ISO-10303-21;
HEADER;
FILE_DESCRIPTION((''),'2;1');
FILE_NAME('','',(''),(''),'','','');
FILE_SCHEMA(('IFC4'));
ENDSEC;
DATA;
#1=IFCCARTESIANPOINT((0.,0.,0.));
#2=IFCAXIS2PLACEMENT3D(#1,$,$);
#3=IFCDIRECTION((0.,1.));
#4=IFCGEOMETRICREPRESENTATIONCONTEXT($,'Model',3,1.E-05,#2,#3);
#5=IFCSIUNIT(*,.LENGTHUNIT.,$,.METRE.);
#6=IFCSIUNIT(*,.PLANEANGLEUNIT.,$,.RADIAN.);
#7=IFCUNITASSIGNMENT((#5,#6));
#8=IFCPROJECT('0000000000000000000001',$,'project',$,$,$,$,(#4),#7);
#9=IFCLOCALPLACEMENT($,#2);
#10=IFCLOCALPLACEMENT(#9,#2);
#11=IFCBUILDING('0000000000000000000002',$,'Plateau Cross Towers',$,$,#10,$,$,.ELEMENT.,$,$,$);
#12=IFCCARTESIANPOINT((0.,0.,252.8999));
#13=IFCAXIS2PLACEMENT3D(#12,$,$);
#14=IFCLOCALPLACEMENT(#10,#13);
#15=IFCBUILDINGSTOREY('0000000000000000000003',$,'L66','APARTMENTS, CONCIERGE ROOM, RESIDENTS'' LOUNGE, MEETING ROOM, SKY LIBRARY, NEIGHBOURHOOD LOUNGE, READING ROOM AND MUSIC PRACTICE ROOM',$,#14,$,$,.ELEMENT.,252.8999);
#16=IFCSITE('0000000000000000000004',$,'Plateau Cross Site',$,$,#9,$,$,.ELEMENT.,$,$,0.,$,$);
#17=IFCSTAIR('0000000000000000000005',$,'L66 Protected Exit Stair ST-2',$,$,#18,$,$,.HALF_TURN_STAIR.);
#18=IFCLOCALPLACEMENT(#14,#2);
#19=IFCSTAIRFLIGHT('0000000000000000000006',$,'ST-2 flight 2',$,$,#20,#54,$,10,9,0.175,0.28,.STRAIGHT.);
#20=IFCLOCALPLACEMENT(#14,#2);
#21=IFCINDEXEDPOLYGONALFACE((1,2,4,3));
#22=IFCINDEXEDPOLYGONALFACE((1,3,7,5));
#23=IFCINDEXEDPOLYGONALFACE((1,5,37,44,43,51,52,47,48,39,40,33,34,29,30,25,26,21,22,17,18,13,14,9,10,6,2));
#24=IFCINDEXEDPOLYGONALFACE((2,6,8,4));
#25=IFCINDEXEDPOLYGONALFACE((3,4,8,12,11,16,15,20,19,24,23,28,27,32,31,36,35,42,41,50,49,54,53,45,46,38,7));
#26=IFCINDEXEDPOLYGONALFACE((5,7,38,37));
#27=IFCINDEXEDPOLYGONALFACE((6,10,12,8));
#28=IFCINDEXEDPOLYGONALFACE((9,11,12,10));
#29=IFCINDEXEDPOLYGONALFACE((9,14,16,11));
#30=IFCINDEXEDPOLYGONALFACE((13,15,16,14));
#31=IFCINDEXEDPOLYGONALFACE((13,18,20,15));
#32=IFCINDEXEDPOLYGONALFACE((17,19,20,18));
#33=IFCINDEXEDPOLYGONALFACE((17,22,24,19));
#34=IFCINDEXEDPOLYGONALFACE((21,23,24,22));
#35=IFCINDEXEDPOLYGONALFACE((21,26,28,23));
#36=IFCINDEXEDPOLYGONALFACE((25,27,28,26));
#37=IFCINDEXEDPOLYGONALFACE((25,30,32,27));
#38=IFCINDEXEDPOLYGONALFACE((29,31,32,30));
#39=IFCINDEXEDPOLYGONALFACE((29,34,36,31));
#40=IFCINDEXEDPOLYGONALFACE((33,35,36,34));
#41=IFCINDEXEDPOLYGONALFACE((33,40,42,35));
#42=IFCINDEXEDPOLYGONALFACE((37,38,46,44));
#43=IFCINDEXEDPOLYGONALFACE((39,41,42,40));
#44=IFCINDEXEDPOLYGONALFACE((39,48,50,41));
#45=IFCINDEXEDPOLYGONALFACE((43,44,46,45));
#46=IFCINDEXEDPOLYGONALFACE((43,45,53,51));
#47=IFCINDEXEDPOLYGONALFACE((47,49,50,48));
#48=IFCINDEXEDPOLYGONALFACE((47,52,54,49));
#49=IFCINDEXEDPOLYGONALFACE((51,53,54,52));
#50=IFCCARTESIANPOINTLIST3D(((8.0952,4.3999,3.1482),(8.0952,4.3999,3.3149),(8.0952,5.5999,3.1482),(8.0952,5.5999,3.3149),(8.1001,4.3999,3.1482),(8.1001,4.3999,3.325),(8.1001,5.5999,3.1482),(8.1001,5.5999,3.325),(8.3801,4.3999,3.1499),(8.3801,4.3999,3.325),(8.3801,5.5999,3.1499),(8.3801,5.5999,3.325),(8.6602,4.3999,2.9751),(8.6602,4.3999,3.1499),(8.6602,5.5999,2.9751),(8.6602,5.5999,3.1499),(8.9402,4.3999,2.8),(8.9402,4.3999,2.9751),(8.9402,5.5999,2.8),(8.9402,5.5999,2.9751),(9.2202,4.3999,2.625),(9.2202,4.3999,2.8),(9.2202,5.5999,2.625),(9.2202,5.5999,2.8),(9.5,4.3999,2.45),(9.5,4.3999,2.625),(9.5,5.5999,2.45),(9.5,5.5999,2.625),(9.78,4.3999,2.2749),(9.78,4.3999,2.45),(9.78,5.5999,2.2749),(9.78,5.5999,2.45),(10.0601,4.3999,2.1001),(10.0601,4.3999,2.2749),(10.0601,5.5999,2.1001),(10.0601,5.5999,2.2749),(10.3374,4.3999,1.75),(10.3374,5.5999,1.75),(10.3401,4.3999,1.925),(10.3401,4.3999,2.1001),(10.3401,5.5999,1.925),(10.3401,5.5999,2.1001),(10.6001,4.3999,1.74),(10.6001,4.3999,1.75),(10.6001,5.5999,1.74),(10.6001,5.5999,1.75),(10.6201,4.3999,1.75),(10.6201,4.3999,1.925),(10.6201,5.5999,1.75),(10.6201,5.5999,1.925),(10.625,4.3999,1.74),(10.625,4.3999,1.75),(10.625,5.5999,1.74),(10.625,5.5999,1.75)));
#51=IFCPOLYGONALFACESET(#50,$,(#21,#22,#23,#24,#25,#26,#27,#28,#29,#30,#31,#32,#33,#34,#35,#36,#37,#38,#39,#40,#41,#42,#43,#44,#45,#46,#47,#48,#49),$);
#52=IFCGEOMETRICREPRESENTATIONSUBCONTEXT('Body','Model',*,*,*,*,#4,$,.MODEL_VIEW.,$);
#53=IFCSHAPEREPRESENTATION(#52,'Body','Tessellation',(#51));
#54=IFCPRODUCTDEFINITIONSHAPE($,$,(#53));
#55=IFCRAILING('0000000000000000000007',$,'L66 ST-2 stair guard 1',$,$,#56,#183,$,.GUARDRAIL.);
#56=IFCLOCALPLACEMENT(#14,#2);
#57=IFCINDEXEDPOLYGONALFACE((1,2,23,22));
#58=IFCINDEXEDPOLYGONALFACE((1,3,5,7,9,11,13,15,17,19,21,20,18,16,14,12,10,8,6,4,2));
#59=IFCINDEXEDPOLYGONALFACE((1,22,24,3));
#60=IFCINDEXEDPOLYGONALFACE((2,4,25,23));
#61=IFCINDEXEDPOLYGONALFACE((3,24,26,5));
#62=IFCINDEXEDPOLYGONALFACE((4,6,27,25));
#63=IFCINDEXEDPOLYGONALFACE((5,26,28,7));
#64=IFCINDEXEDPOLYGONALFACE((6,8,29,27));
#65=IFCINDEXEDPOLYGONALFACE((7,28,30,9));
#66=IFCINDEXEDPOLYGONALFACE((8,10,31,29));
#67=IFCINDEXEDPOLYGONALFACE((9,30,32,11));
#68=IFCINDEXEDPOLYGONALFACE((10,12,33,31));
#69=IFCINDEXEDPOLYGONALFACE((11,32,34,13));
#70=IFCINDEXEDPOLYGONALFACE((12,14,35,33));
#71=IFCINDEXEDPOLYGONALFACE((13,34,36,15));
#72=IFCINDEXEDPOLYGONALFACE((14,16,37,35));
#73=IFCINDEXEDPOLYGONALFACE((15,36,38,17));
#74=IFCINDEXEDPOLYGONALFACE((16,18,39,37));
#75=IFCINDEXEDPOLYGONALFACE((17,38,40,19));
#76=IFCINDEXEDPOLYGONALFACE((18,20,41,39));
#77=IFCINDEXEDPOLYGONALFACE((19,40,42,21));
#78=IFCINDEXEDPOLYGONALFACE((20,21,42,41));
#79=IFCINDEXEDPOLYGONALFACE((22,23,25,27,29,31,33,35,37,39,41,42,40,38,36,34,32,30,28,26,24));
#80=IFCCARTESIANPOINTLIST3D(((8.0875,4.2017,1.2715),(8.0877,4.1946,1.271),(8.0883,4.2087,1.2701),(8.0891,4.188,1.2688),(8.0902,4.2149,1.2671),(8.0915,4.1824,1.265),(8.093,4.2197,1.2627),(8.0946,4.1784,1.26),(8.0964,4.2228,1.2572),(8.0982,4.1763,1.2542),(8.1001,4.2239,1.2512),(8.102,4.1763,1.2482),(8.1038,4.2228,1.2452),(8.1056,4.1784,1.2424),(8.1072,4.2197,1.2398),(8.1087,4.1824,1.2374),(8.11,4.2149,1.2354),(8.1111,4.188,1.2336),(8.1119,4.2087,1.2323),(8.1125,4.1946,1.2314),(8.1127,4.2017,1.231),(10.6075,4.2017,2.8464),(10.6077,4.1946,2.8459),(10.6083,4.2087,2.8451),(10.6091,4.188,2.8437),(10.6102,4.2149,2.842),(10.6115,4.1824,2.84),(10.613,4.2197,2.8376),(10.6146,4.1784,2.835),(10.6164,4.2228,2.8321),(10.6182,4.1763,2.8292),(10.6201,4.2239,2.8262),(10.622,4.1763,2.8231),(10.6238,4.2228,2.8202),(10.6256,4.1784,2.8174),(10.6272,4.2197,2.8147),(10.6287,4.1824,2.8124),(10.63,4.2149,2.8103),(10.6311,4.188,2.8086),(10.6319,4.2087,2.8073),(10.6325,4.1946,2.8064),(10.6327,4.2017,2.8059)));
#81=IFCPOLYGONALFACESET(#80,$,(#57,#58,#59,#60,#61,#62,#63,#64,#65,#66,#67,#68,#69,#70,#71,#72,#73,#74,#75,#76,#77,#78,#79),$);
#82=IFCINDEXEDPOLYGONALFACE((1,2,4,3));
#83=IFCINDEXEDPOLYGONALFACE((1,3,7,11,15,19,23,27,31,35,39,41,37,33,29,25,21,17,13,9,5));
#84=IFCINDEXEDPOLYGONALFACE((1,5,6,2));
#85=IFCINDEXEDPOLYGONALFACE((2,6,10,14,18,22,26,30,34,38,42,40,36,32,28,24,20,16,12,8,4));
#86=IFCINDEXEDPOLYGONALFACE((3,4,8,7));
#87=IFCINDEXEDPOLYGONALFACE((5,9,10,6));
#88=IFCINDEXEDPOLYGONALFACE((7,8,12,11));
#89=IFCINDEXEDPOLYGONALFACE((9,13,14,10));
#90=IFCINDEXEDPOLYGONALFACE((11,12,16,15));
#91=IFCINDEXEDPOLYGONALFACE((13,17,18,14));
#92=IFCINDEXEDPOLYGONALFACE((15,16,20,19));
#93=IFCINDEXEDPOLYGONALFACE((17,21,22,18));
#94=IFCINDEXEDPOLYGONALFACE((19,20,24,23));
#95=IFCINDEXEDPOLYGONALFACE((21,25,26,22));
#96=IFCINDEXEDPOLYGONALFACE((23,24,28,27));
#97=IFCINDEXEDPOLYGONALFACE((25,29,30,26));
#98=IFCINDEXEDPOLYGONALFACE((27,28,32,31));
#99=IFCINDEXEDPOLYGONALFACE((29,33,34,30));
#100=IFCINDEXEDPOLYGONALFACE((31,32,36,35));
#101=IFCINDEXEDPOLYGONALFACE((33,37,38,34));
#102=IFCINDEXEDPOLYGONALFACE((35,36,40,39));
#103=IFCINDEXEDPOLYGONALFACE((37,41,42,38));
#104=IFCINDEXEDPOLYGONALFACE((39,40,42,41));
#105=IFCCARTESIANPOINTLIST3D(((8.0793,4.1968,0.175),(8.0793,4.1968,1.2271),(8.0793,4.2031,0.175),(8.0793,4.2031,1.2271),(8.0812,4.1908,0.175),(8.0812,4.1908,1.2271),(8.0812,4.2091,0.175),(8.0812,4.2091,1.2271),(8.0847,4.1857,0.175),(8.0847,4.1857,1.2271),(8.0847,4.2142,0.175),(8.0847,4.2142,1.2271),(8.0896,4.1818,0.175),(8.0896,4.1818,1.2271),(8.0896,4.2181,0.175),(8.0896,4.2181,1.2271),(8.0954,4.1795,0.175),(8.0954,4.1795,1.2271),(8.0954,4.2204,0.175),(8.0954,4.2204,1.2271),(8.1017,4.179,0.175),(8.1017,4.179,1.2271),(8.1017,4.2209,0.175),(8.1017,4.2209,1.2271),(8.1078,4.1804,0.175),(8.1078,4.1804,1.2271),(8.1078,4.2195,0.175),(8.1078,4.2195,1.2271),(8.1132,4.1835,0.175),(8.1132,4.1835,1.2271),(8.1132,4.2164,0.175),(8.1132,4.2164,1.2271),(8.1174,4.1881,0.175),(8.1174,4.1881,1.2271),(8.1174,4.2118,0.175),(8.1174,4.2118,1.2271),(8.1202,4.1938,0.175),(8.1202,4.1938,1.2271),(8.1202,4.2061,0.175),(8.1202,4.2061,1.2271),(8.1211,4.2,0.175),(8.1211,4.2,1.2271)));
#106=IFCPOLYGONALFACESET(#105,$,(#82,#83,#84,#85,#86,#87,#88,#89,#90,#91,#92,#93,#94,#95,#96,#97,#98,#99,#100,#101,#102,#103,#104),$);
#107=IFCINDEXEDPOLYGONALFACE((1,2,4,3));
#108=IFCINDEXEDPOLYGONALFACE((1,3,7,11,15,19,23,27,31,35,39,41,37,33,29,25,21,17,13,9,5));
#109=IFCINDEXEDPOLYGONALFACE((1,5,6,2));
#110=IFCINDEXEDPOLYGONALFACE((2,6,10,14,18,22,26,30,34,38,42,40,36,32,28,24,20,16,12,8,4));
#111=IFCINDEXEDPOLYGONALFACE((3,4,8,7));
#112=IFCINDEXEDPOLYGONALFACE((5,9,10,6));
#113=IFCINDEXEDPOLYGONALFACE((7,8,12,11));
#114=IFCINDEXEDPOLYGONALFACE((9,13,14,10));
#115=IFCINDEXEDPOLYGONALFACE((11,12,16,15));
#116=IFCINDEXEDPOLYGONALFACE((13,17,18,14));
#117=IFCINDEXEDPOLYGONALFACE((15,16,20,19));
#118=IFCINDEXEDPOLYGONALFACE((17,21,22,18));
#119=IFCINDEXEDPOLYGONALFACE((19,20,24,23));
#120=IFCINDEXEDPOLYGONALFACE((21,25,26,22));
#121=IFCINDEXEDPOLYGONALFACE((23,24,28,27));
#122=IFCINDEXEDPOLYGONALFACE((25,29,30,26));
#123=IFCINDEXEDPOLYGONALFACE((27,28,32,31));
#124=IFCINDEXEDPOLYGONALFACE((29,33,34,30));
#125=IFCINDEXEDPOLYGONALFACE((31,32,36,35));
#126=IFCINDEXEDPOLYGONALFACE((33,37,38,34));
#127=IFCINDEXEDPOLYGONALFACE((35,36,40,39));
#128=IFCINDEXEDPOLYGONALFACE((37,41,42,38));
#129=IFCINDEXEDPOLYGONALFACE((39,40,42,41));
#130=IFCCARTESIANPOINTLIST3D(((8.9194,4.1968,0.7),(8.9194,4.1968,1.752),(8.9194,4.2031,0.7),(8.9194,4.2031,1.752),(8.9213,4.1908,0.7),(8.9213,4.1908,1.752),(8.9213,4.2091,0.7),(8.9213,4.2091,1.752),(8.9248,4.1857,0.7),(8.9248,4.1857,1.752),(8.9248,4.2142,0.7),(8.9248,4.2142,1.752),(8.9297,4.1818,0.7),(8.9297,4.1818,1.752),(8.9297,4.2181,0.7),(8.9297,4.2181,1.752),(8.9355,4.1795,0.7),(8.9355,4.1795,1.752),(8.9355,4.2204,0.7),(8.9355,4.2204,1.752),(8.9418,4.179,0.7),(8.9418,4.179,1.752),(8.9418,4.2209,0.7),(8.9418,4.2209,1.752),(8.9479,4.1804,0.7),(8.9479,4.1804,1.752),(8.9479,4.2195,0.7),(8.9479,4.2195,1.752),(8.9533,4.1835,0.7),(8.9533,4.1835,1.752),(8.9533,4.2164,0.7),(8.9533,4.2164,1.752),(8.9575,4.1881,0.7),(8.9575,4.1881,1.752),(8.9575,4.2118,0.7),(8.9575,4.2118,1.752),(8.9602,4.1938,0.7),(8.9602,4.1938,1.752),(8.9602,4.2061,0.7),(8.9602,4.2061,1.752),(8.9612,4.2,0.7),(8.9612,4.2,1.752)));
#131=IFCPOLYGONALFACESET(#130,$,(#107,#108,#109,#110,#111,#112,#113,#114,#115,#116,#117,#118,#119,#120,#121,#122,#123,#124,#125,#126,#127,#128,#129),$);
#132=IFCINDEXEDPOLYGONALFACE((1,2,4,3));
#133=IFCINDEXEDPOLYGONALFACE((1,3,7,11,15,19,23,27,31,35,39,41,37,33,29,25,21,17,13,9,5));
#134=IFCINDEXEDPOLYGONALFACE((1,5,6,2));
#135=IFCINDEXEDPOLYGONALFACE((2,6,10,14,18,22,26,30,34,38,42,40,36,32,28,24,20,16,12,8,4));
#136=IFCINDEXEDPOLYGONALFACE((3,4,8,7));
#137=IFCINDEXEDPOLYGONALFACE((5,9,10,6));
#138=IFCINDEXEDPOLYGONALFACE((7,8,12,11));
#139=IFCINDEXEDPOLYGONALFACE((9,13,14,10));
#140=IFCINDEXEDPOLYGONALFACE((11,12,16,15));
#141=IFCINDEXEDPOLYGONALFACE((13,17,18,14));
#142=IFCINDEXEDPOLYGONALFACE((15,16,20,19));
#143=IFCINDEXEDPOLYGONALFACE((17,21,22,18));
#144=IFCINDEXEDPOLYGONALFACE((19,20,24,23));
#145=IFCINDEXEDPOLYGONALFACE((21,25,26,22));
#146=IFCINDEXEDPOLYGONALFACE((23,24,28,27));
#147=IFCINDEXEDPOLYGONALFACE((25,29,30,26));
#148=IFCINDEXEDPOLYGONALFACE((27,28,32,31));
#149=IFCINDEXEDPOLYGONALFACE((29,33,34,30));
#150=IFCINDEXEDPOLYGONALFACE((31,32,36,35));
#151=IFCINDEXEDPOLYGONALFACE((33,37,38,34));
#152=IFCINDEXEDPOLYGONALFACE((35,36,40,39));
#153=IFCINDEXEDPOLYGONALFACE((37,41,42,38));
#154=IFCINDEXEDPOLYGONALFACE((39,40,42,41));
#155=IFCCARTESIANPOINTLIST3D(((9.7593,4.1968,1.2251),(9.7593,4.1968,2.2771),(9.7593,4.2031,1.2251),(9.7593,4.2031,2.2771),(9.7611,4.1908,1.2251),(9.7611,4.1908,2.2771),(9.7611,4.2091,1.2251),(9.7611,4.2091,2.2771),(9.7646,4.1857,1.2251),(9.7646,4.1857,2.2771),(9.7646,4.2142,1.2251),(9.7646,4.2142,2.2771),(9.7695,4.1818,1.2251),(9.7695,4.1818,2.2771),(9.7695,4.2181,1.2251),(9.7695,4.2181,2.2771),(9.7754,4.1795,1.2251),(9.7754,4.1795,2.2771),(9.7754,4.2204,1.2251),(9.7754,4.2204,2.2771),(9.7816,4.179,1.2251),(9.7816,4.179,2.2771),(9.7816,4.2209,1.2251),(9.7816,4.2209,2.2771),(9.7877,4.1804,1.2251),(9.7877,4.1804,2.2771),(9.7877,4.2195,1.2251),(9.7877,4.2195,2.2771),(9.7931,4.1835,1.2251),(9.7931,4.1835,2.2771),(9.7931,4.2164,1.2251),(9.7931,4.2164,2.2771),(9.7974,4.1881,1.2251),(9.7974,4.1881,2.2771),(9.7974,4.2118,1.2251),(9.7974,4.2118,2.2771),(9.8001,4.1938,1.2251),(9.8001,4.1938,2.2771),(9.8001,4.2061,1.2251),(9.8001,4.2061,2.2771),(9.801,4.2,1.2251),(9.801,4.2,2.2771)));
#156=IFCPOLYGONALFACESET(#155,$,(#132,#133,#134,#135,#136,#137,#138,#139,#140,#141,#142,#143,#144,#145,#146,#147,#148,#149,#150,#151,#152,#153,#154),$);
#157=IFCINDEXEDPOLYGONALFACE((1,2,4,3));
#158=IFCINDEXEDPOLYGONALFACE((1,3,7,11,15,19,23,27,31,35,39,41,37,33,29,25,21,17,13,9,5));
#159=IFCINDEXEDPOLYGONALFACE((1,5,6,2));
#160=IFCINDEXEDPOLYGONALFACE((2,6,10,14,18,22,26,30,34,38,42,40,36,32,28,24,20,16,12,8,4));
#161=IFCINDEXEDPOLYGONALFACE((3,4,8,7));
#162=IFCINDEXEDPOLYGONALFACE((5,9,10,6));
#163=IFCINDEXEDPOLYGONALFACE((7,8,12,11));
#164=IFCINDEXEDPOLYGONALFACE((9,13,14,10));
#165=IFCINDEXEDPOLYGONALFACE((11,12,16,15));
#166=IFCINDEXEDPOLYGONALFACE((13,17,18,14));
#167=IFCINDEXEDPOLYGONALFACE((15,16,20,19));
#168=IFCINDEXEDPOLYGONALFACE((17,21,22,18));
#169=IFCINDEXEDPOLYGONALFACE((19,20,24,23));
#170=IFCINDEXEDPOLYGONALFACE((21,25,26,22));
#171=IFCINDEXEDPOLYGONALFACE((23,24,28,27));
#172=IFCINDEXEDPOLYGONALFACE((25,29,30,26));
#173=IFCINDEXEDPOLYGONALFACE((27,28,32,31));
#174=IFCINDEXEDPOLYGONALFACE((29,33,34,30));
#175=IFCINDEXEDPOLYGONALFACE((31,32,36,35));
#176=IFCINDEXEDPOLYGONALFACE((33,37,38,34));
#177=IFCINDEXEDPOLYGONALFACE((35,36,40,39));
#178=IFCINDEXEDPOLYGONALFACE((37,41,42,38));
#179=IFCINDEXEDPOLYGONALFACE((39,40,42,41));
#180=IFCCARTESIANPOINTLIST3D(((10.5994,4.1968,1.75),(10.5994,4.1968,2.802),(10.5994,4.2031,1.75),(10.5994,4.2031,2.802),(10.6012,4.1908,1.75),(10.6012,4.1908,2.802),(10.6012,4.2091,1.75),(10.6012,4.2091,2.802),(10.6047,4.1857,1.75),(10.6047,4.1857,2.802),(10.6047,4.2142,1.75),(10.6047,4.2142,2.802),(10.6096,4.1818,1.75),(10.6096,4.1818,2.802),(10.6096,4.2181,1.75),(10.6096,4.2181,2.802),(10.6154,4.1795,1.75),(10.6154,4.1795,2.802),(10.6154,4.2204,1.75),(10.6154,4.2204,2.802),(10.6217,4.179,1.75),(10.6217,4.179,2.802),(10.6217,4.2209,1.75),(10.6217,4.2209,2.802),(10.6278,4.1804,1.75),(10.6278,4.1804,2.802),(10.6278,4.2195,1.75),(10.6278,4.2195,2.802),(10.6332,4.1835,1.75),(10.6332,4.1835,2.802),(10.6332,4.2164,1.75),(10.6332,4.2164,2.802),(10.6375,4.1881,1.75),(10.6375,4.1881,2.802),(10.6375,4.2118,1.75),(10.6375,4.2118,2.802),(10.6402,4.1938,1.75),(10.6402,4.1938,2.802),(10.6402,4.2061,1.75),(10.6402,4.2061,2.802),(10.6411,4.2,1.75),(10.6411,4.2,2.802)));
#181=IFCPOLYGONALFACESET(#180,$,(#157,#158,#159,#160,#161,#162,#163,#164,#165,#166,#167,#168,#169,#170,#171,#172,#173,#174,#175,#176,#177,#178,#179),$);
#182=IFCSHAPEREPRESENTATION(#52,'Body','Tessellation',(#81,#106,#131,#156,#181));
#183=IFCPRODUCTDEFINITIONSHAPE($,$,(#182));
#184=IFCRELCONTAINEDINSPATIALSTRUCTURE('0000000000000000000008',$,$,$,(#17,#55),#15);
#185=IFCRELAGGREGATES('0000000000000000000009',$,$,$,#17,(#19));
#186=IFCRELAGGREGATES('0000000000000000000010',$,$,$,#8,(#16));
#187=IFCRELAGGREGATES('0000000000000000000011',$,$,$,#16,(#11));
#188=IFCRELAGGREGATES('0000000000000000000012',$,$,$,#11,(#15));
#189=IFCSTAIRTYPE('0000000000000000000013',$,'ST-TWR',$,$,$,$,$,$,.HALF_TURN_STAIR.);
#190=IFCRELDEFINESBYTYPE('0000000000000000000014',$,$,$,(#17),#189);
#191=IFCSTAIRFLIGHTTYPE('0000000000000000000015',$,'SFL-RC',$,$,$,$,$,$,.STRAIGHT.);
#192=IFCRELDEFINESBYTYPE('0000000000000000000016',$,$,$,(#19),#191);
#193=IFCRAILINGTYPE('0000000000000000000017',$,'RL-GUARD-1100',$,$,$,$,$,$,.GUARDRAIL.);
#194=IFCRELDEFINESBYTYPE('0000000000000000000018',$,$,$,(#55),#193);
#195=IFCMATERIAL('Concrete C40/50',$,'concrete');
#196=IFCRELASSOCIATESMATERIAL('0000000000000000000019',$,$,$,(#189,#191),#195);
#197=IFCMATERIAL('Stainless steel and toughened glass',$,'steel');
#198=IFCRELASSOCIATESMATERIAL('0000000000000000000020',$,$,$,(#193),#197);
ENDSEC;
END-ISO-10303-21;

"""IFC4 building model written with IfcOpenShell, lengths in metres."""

from ifc_helpers import new_model, si_unit, direction, frame, origin, origin_2d, place, context, subcontext, project, spatial, polyline, circle, outline, extrude, material, type_object, element, aggregate, save


model = new_model("IFC4")

# Units and contexts
model_context = context("Model", 3, precision=1e-05, world=origin(), true_north=direction((0.0, 1.0)))
body_context = subcontext(model_context, "Body", "Model", "MODEL_VIEW")
ifc_project = project(units=[si_unit("LENGTHUNIT", "METRE"), si_unit("PLANEANGLEUNIT", "RADIAN")], contexts=[model_context])

# Site, building, storey
site_placement = place(None, origin())
site = spatial("IfcSite", under=ifc_project, at=site_placement, Name="Plateau Cross Site", CompositionType="ELEMENT", RefElevation=0.0)
building_placement = place(site_placement, origin())
building = spatial("IfcBuilding", under=site, at=building_placement, Name="Plateau Cross Towers", CompositionType="ELEMENT")
storey_placement = place(building_placement, frame((0.0, 0.0, 252.8999)))
storey = spatial("IfcBuildingStorey", under=building, at=storey_placement, Name="L66", Description="APARTMENTS, CONCIERGE ROOM, RESIDENTS' LOUNGE, MEETING ROOM, SKY LIBRARY, NEIGHBOURHOOD LOUNGE, READING ROOM AND MUSIC PRACTICE ROOM", CompositionType="ELEMENT", Elevation=252.8999)

# Stair, stair flight
ifc_material_1 = material(Name="Concrete C40/50", Category="concrete")
stair_type = type_object("IfcStairType", Name="ST-TWR", PredefinedType="HALF_TURN_STAIR", material=ifc_material_1)
stair_placement = place(storey_placement, origin())
stair = element("IfcStair", 1, at=stair_placement, inside=storey, type_object=stair_type, Name="L66 Protected Exit Stair ST-2", PredefinedType="HALF_TURN_STAIR")
stair_flight_type = type_object("IfcStairFlightType", Name="SFL-RC", PredefinedType="STRAIGHT", material=ifc_material_1)
stair_flight_1_placement = place(storey_placement, frame((10.6201, 5.0, 1.75), z_axis=(0.0, 0.0, 1.0), x_axis=(-1.0, 0.0, 0.0)))
stair_flight_1 = element("IfcStairFlight", 2, at=stair_flight_1_placement, type_object=stair_flight_type, Name="ST-2 flight 2", NumberOfRisers=10, NumberOfTreads=9, PredefinedType="STRAIGHT", RiserHeight=0.175, TreadLength=0.28, context=body_context, shape_type="SweptSolid", body=[
    extrude(outline(polyline([(-0.0049, -0.01), (-0.0049, 0.0), (0.0, 0.0), (0.0, 0.175), (0.28, 0.175), (0.28, 0.3501), (0.5601, 0.3501), (0.5601, 0.5249), (0.8401, 0.5249), (0.8401, 0.7), (1.1201, 0.7), (1.1201, 0.875), (1.3999, 0.875), (1.3999, 1.05), (1.6799, 1.05), (1.6799, 1.2251), (1.96, 1.2251), (1.96, 1.3999), (2.24, 1.3999), (2.24, 1.575), (2.52, 1.575), (2.5249, 1.5649), (2.5249, 1.3982), (2.52, 1.3982), (0.2827, 0.0), (0.02, 0.0), (0.02, -0.01), (-0.0049, -0.01)])), frame((0.0, 0.6001, 0.0), z_axis=(0.0, -1.0, 0.0), x_axis=(1.0, 0.0, 0.0)), (0.0, 0.0, 1.0), 1.2),
])
aggregate(stair, [stair_flight_1])

# Railing
ifc_material_2 = material(Name="Stainless steel and toughened glass", Category="steel")
railing_type_1 = type_object("IfcRailingType", Name="RL-GUARD-1100", PredefinedType="GUARDRAIL", material=ifc_material_2)
railing_1_placement = place(storey_placement, frame((8.1001, 4.2, 0.175)))
element("IfcRailing", 3, at=railing_1_placement, inside=storey, type_object=railing_type_1, Name="L66 ST-2 stair guard 1", PredefinedType="GUARDRAIL", context=body_context, shape_type="SweptSolid", body=[
    extrude(circle(Radius=0.0239, at=origin_2d()), frame((0.0, 0.0, 1.0762), z_axis=(0.848008, 0.0, 0.529984), x_axis=(0.0, 1.0, 0.0)), (0.0, 0.0, 1.0), 2.9717),
    extrude(circle(Radius=0.021, at=origin_2d()), origin(), (0.0, 0.0, 1.0), 1.052),
    extrude(circle(Radius=0.021, at=origin_2d()), frame((0.8401, 0.0, 0.5249)), (0.0, 0.0, 1.0), 1.052),
    extrude(circle(Radius=0.021, at=origin_2d()), frame((1.6799, 0.0, 1.05)), (0.0, 0.0, 1.0), 1.052),
    extrude(circle(Radius=0.021, at=origin_2d()), frame((2.52, 0.0, 1.575)), (0.0, 0.0, 1.0), 1.052),
])

save(model, "model.ifc")
